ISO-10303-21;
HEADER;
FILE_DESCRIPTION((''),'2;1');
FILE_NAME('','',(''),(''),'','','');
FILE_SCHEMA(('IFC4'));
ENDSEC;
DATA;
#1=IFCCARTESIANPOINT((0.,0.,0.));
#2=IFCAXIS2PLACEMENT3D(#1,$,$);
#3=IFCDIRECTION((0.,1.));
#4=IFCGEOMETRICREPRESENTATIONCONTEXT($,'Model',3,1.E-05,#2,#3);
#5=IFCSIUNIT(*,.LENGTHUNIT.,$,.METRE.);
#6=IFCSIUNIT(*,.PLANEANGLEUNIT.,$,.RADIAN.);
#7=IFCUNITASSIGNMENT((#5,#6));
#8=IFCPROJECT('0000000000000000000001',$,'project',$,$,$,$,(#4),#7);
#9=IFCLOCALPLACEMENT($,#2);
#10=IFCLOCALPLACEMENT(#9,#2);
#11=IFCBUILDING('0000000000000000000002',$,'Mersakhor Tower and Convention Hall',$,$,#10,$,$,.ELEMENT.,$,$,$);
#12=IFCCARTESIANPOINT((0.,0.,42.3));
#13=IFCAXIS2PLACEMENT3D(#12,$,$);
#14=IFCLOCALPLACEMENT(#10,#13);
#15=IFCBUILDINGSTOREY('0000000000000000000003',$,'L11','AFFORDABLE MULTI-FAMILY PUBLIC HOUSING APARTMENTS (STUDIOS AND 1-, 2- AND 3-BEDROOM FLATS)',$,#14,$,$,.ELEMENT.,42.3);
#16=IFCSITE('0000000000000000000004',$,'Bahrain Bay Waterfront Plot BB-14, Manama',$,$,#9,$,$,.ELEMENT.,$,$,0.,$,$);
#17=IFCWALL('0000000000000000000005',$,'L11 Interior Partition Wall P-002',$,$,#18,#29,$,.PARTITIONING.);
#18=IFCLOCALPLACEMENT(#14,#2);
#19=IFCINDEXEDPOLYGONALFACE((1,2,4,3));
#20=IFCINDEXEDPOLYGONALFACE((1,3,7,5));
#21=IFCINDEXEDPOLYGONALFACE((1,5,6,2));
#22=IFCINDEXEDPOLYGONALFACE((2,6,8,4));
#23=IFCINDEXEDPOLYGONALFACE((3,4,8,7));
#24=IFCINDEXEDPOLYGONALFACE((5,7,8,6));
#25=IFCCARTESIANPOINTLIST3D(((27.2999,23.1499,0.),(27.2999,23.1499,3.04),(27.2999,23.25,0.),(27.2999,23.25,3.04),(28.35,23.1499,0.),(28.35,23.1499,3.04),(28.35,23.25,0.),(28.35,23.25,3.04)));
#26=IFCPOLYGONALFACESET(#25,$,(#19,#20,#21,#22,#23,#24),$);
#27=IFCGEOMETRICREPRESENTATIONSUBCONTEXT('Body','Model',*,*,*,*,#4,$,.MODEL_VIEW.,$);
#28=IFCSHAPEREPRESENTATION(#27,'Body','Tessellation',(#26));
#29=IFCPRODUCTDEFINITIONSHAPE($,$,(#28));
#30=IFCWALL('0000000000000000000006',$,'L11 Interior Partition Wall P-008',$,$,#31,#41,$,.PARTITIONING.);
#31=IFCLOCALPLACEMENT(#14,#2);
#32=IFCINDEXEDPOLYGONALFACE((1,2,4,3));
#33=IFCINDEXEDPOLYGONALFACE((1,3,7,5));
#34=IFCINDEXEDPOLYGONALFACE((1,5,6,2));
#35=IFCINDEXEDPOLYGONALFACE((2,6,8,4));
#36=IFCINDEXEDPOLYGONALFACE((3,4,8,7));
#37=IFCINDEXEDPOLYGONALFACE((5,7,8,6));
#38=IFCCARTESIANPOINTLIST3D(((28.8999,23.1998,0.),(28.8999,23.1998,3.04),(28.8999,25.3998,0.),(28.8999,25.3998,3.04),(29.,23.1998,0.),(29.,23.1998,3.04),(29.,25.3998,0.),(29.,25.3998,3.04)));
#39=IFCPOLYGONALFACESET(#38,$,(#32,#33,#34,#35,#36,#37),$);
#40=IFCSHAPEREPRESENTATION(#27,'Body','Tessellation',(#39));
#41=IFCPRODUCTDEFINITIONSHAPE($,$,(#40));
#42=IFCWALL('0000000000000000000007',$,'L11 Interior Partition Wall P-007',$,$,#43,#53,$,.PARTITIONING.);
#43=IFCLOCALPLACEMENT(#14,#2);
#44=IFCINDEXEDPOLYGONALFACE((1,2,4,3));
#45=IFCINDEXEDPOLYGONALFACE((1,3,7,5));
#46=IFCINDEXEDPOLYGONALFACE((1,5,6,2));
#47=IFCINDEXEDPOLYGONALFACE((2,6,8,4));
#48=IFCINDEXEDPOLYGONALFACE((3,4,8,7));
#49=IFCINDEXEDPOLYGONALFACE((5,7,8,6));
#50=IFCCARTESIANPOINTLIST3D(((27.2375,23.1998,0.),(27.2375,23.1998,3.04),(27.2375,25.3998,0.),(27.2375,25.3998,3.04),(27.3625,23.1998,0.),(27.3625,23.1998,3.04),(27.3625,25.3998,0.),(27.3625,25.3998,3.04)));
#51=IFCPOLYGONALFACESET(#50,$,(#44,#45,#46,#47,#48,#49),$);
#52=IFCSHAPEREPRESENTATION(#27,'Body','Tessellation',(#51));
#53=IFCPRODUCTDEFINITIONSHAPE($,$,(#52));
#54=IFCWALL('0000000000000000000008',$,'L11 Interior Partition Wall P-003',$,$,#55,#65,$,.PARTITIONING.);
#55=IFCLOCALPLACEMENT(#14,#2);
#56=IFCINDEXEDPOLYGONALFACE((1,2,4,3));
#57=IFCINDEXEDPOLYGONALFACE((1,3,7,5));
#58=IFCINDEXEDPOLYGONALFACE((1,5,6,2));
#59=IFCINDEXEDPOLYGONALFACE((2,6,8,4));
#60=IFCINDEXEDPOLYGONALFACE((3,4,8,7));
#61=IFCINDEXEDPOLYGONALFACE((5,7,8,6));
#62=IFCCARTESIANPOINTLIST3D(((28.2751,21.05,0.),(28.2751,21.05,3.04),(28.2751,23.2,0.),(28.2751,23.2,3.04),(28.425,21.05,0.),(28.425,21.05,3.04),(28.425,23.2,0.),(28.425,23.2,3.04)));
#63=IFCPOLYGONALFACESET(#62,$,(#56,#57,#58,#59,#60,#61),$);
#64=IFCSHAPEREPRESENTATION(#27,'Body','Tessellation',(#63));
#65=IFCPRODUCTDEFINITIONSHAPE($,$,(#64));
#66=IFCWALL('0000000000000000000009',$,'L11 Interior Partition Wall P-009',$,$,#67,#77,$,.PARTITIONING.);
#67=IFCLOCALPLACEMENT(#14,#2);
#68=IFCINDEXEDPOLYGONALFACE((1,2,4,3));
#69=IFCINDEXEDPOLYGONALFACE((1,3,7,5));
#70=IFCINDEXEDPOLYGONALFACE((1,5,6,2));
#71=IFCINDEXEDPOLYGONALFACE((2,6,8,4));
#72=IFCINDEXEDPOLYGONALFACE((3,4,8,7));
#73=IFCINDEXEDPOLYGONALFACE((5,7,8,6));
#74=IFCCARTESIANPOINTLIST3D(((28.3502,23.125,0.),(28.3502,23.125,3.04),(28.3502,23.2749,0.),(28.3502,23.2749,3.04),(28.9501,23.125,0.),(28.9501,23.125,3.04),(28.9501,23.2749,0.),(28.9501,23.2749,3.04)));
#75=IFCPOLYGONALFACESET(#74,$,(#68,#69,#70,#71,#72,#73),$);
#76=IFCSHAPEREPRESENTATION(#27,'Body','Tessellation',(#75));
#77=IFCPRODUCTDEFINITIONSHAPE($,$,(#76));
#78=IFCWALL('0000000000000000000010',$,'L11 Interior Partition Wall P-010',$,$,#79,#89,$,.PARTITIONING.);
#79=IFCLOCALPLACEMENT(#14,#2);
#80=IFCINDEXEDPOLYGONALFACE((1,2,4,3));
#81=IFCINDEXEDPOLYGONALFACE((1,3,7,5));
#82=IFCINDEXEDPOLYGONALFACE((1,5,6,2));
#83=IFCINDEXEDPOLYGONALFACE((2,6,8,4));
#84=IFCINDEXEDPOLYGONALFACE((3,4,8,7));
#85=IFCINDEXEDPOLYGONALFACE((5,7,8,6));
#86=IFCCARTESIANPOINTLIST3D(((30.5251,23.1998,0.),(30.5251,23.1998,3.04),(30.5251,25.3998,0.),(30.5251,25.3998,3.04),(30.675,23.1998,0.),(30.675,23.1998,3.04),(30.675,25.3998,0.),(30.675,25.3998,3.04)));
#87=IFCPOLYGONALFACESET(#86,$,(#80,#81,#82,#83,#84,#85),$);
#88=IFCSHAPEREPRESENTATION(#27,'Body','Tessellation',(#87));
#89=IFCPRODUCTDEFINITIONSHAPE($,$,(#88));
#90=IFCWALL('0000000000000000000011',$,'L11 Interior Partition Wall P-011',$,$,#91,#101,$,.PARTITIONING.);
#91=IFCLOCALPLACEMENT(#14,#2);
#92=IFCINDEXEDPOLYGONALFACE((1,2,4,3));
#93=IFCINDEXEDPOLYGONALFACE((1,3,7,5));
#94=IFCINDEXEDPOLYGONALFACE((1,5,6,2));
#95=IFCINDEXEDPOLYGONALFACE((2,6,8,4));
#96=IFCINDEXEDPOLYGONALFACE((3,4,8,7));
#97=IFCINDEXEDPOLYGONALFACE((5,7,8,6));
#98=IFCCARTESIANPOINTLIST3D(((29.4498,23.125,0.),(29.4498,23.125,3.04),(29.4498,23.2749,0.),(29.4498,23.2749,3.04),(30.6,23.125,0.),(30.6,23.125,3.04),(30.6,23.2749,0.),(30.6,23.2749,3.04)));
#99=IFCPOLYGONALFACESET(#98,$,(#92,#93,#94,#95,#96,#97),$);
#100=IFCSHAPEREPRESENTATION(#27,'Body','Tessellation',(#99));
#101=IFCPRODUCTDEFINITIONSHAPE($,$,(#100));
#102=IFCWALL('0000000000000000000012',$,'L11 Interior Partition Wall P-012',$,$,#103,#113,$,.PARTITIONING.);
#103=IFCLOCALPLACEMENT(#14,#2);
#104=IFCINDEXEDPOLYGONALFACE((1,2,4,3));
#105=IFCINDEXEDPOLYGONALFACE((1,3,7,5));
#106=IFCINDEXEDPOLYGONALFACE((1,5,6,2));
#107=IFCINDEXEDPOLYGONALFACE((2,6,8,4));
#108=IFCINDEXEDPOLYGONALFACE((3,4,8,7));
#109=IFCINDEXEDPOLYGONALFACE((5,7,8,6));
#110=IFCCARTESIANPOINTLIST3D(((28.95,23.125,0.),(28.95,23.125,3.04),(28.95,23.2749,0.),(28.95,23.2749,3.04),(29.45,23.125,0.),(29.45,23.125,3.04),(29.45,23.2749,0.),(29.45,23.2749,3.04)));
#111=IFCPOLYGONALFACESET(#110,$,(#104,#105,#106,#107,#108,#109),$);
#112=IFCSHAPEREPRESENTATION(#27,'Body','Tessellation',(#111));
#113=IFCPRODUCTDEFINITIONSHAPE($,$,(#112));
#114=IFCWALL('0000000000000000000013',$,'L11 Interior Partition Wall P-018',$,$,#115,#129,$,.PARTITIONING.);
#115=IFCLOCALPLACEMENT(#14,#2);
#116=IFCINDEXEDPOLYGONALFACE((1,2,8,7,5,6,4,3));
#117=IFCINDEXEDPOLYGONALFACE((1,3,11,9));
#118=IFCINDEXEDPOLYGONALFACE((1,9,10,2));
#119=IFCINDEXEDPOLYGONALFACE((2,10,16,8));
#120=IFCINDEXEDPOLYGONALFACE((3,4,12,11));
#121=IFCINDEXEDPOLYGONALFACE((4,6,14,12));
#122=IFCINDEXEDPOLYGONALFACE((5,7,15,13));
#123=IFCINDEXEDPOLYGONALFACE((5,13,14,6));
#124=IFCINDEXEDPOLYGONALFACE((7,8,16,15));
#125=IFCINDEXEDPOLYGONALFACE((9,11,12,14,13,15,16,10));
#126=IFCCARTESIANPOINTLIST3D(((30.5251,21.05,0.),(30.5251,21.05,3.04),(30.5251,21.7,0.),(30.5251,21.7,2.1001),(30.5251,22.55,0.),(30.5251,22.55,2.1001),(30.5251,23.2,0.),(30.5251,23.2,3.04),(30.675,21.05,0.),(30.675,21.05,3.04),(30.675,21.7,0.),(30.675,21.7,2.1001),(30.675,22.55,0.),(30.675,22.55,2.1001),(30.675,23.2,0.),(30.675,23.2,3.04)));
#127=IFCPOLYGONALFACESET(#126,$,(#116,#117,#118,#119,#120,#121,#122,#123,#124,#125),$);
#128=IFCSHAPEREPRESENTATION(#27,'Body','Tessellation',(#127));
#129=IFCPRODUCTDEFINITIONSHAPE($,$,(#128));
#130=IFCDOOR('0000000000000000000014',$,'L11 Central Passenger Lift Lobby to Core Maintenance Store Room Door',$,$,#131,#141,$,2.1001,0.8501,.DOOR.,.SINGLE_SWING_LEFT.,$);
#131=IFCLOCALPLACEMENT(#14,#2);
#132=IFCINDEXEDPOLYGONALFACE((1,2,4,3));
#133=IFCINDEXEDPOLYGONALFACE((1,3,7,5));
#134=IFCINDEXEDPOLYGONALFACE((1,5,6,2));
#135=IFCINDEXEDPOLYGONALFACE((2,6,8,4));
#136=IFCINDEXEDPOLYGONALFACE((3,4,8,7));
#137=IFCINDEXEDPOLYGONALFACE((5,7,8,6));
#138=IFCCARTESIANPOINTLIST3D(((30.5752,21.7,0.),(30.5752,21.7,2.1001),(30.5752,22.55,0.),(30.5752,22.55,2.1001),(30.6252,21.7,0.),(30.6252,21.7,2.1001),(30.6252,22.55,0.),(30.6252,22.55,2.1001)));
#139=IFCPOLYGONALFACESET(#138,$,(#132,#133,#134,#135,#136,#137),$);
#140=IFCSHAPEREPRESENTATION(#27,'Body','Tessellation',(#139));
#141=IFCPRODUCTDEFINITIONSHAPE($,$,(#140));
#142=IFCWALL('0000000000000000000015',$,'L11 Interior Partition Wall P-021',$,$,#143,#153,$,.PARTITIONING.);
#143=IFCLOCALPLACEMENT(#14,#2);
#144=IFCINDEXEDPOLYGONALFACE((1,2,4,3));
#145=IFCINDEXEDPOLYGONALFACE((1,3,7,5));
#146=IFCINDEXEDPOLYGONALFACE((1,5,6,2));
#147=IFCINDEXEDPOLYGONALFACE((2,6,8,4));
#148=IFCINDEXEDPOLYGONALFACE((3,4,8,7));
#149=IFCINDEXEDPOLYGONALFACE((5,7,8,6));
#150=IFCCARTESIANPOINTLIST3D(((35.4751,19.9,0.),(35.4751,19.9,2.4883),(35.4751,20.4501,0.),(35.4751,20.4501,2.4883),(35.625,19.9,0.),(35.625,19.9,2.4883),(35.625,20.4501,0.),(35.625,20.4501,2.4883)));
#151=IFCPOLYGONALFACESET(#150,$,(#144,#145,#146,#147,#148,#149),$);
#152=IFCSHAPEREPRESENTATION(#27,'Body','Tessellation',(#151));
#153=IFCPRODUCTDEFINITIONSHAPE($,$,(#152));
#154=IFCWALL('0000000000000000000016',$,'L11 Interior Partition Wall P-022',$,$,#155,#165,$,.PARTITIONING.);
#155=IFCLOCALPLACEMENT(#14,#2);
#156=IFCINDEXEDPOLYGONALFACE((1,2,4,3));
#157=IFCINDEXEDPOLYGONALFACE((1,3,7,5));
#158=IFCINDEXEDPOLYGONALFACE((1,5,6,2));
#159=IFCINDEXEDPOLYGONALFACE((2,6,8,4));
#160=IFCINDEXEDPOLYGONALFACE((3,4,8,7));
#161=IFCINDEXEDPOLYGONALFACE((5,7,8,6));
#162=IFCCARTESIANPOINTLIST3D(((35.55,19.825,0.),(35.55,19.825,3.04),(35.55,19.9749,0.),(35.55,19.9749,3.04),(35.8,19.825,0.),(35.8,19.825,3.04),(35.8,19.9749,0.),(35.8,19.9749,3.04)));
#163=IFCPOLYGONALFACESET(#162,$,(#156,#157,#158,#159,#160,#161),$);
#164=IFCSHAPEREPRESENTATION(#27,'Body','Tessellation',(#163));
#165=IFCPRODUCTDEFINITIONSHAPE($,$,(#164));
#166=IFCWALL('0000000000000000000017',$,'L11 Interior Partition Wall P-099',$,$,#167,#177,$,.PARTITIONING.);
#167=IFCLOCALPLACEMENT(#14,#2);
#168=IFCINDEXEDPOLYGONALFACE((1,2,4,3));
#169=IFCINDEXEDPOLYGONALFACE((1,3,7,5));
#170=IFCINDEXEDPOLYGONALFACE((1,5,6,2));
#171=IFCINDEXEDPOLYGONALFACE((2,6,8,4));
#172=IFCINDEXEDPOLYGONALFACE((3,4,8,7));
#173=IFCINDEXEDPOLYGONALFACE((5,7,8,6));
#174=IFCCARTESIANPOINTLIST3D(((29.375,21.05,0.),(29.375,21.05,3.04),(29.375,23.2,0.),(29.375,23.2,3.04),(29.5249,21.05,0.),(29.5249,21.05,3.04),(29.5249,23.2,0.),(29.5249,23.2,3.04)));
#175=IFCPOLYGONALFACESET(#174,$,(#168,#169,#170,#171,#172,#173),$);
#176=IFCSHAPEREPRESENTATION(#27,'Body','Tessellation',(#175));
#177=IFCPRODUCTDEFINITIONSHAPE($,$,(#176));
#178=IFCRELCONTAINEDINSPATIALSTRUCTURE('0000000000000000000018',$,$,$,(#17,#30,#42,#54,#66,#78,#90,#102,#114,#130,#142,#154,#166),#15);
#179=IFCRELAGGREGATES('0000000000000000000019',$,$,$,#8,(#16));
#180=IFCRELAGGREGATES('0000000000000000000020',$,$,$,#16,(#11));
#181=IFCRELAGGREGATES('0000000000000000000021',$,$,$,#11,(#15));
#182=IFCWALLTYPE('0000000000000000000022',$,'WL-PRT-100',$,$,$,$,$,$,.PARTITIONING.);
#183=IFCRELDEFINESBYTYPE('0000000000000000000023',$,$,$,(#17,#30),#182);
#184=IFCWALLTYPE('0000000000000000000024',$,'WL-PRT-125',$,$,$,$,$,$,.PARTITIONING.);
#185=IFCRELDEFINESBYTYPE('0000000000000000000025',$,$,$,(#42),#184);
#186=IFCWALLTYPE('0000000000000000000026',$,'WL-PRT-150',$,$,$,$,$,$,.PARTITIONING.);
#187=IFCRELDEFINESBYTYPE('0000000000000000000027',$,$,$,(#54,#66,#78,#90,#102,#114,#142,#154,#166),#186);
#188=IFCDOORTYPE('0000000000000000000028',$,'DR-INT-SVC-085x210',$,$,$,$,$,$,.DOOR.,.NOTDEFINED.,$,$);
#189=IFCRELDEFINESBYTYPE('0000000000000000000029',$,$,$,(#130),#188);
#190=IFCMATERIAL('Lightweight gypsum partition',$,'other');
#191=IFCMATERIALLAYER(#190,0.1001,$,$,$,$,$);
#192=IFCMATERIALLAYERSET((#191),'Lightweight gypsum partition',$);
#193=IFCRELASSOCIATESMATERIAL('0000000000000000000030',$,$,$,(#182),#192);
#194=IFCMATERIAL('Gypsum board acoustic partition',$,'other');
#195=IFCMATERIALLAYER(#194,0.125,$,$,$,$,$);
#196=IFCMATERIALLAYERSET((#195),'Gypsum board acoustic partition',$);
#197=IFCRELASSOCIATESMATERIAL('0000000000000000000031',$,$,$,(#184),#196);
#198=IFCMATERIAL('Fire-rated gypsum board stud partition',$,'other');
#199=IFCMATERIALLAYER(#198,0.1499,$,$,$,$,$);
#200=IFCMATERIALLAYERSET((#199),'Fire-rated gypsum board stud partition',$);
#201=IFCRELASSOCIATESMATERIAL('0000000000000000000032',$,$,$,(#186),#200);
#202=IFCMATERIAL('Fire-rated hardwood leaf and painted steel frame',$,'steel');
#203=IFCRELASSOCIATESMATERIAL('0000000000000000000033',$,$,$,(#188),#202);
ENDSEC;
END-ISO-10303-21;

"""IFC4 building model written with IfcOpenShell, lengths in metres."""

from ifc_helpers import new_model, si_unit, direction, frame, frame_2d, origin, place, context, subcontext, project, spatial, rectangle, extrude, material, layer, layer_set, type_object, element, fill, save


model = new_model("IFC4")

# Units and contexts
model_context = context("Model", 3, precision=1e-05, world=origin(), true_north=direction((0.0, 1.0)))
body_context = subcontext(model_context, "Body", "Model", "MODEL_VIEW")
ifc_project = project(units=[si_unit("LENGTHUNIT", "METRE"), si_unit("PLANEANGLEUNIT", "RADIAN")], contexts=[model_context])

# Site, building, storey
site_placement = place(None, origin())
site = spatial("IfcSite", under=ifc_project, at=site_placement, Name="Bahrain Bay Waterfront Plot BB-14, Manama", CompositionType="ELEMENT", RefElevation=0.0)
building_placement = place(site_placement, origin())
building = spatial("IfcBuilding", under=site, at=building_placement, Name="Mersakhor Tower and Convention Hall", CompositionType="ELEMENT")
storey_placement = place(building_placement, frame((0.0, 0.0, 42.3)))
storey = spatial("IfcBuildingStorey", under=building, at=storey_placement, Name="L11", Description="AFFORDABLE MULTI-FAMILY PUBLIC HOUSING APARTMENTS (STUDIOS AND 1-, 2- AND 3-BEDROOM FLATS)", CompositionType="ELEMENT", Elevation=42.3)

# Walls
ifc_material_1 = material(Name="Lightweight gypsum partition", Category="other")
ifc_layer_1 = layer(ifc_material_1, 0.1001)
ifc_layer_set_1 = layer_set([ifc_layer_1], Name="Lightweight gypsum partition")
wall_type_1 = type_object("IfcWallType", Name="WL-PRT-100", PredefinedType="PARTITIONING", material=ifc_layer_set_1)
wall_1_placement = place(storey_placement, frame((27.3, 23.2, 0.0), z_axis=(0.0, 0.0, 1.0), x_axis=(1.0, 0.0, 0.0)))
element("IfcWall", 1, at=wall_1_placement, inside=storey, type_object=wall_type_1, Name="L11 Interior Partition Wall P-002", PredefinedType="PARTITIONING", context=body_context, shape_type="SweptSolid", body=[
    extrude(rectangle(XDim=1.05, YDim=0.1001, at=frame_2d((0.5249, 0.0))), origin(), (0.0, 0.0, 1.0), 3.04),
])
wall_2_placement = place(storey_placement, frame((28.95, 25.3999, 0.0), z_axis=(0.0, 0.0, 1.0), x_axis=(0.0, -1.0, 0.0)))
element("IfcWall", 2, at=wall_2_placement, inside=storey, type_object=wall_type_1, Name="L11 Interior Partition Wall P-008", PredefinedType="PARTITIONING", context=body_context, shape_type="SweptSolid", body=[
    extrude(rectangle(XDim=2.2, YDim=0.1001, at=frame_2d((1.1001, 0.0))), origin(), (0.0, 0.0, 1.0), 3.04),
])
ifc_material_2 = material(Name="Gypsum board acoustic partition", Category="other")
ifc_layer_2 = layer(ifc_material_2, 0.125)
ifc_layer_set_2 = layer_set([ifc_layer_2], Name="Gypsum board acoustic partition")
wall_type_2 = type_object("IfcWallType", Name="WL-PRT-125", PredefinedType="PARTITIONING", material=ifc_layer_set_2)
wall_3_placement = place(storey_placement, frame((27.3, 25.3999, 0.0), z_axis=(0.0, 0.0, 1.0), x_axis=(0.0, -1.0, 0.0)))
element("IfcWall", 3, at=wall_3_placement, inside=storey, type_object=wall_type_2, Name="L11 Interior Partition Wall P-007", PredefinedType="PARTITIONING", context=body_context, shape_type="SweptSolid", body=[
    extrude(rectangle(XDim=2.2, YDim=0.125, at=frame_2d((1.1001, 0.0))), origin(), (0.0, 0.0, 1.0), 3.04),
])
ifc_material_3 = material(Name="Fire-rated gypsum board stud partition", Category="other")
ifc_layer_3 = layer(ifc_material_3, 0.1499)
ifc_layer_set_3 = layer_set([ifc_layer_3], Name="Fire-rated gypsum board stud partition")
wall_type_3 = type_object("IfcWallType", Name="WL-PRT-150", PredefinedType="PARTITIONING", material=ifc_layer_set_3)
wall_4_placement = place(storey_placement, frame((28.3501, 23.2, 0.0), z_axis=(0.0, 0.0, 1.0), x_axis=(0.0, -1.0, 0.0)))
element("IfcWall", 4, at=wall_4_placement, inside=storey, type_object=wall_type_3, Name="L11 Interior Partition Wall P-003", PredefinedType="PARTITIONING", context=body_context, shape_type="SweptSolid", body=[
    extrude(rectangle(XDim=2.1499, YDim=0.1499, at=frame_2d((1.075, 0.0))), origin(), (0.0, 0.0, 1.0), 3.04),
])
wall_5_placement = place(storey_placement, frame((28.95, 23.2, 0.0), z_axis=(0.0, 0.0, 1.0), x_axis=(-1.0, 0.0, 0.0)))
element("IfcWall", 5, at=wall_5_placement, inside=storey, type_object=wall_type_3, Name="L11 Interior Partition Wall P-009", PredefinedType="PARTITIONING", context=body_context, shape_type="SweptSolid", body=[
    extrude(rectangle(XDim=0.5999, YDim=0.1499, at=frame_2d((0.2998, 0.0))), origin(), (0.0, 0.0, 1.0), 3.04),
])
wall_6_placement = place(storey_placement, frame((30.6001, 25.3999, 0.0), z_axis=(0.0, 0.0, 1.0), x_axis=(0.0, -1.0, 0.0)))
element("IfcWall", 6, at=wall_6_placement, inside=storey, type_object=wall_type_3, Name="L11 Interior Partition Wall P-010", PredefinedType="PARTITIONING", context=body_context, shape_type="SweptSolid", body=[
    extrude(rectangle(XDim=2.2, YDim=0.1499, at=frame_2d((1.1001, 0.0))), origin(), (0.0, 0.0, 1.0), 3.04),
])
wall_7_placement = place(storey_placement, frame((30.6001, 23.2, 0.0), z_axis=(0.0, 0.0, 1.0), x_axis=(-1.0, 0.0, 0.0)))
element("IfcWall", 7, at=wall_7_placement, inside=storey, type_object=wall_type_3, Name="L11 Interior Partition Wall P-011", PredefinedType="PARTITIONING", context=body_context, shape_type="SweptSolid", body=[
    extrude(rectangle(XDim=1.1501, YDim=0.1499, at=frame_2d((0.5752, 0.0))), origin(), (0.0, 0.0, 1.0), 3.04),
])
wall_8_placement = place(storey_placement, frame((29.45, 23.2, 0.0), z_axis=(0.0, 0.0, 1.0), x_axis=(-1.0, 0.0, 0.0)))
element("IfcWall", 8, at=wall_8_placement, inside=storey, type_object=wall_type_3, Name="L11 Interior Partition Wall P-012", PredefinedType="PARTITIONING", context=body_context, shape_type="SweptSolid", body=[
    extrude(rectangle(XDim=0.5, YDim=0.1499, at=frame_2d((0.25, 0.0))), origin(), (0.0, 0.0, 1.0), 3.04),
])

# Wall, opening, door
wall_9_placement = place(storey_placement, frame((30.6001, 21.05, 0.0), z_axis=(0.0, 0.0, 1.0), x_axis=(0.0, 1.0, 0.0)))
wall_9 = element("IfcWall", 9, at=wall_9_placement, inside=storey, type_object=wall_type_3, Name="L11 Interior Partition Wall P-018", PredefinedType="PARTITIONING", context=body_context, shape_type="SweptSolid", body=[
    extrude(rectangle(XDim=2.1499, YDim=0.1499, at=frame_2d((1.075, 0.0))), origin(), (0.0, 0.0, 1.0), 3.04),
])
opening_1_placement = place(wall_9_placement, frame((0.6499, 0.0, 0.0)))
opening_1 = element("IfcOpeningElement", 10, at=opening_1_placement, cuts=wall_9, PredefinedType="OPENING", context=body_context, shape_type="SweptSolid", body=[
    extrude(rectangle(XDim=0.8501, YDim=2.1001, at=frame_2d((0.425, 1.05))), frame((0.0, 0.085, 0.0), z_axis=(0.0, -1.0, 0.0), x_axis=(1.0, 0.0, 0.0)), (0.0, 0.0, 1.0), 0.1699),
])
ifc_material_4 = material(Name="Fire-rated hardwood leaf and painted steel frame", Category="steel")
door_type_1 = type_object("IfcDoorType", Name="DR-INT-SVC-085x210", OperationType="NOTDEFINED", PredefinedType="DOOR", material=ifc_material_4)
door_1_placement = place(opening_1_placement, origin())
door_1 = element("IfcDoor", 11, at=door_1_placement, inside=storey, type_object=door_type_1, Name="L11 Central Passenger Lift Lobby to Core Maintenance Store Room Door", OperationType="SINGLE_SWING_LEFT", OverallHeight=2.1001, OverallWidth=0.8501, PredefinedType="DOOR", context=body_context, shape_type="SweptSolid", body=[
    extrude(rectangle(XDim=0.8501, YDim=2.1001, at=frame_2d((0.425, 1.05))), frame((0.0, 0.0249, 0.0), z_axis=(0.0, -1.0, 0.0), x_axis=(1.0, 0.0, 0.0)), (0.0, 0.0, 1.0), 0.05),
])
fill(opening_1, door_1)

# Walls
wall_10_placement = place(storey_placement, frame((35.55, 20.45, 0.0), z_axis=(0.0, 0.0, 1.0), x_axis=(0.0, -1.0, 0.0)))
element("IfcWall", 12, at=wall_10_placement, inside=storey, type_object=wall_type_3, Name="L11 Interior Partition Wall P-021", PredefinedType="PARTITIONING", context=body_context, shape_type="SweptSolid", body=[
    extrude(rectangle(XDim=0.55, YDim=0.1499, at=frame_2d((0.2749, 0.0))), origin(), (0.0, 0.0, 1.0), 2.4883),
])
wall_11_placement = place(storey_placement, frame((35.55, 19.8999, 0.0), z_axis=(0.0, 0.0, 1.0), x_axis=(1.0, 0.0, 0.0)))
element("IfcWall", 13, at=wall_11_placement, inside=storey, type_object=wall_type_3, Name="L11 Interior Partition Wall P-022", PredefinedType="PARTITIONING", context=body_context, shape_type="SweptSolid", body=[
    extrude(rectangle(XDim=0.25, YDim=0.1499, at=frame_2d((0.125, 0.0))), origin(), (0.0, 0.0, 1.0), 3.04),
])
wall_12_placement = place(storey_placement, frame((29.45, 23.2, 0.0), z_axis=(0.0, 0.0, 1.0), x_axis=(0.0, -1.0, 0.0)))
element("IfcWall", 14, at=wall_12_placement, inside=storey, type_object=wall_type_3, Name="L11 Interior Partition Wall P-099", PredefinedType="PARTITIONING", context=body_context, shape_type="SweptSolid", body=[
    extrude(rectangle(XDim=2.1499, YDim=0.1499, at=frame_2d((1.075, 0.0))), origin(), (0.0, 0.0, 1.0), 3.04),
])

save(model, "model.ifc")
